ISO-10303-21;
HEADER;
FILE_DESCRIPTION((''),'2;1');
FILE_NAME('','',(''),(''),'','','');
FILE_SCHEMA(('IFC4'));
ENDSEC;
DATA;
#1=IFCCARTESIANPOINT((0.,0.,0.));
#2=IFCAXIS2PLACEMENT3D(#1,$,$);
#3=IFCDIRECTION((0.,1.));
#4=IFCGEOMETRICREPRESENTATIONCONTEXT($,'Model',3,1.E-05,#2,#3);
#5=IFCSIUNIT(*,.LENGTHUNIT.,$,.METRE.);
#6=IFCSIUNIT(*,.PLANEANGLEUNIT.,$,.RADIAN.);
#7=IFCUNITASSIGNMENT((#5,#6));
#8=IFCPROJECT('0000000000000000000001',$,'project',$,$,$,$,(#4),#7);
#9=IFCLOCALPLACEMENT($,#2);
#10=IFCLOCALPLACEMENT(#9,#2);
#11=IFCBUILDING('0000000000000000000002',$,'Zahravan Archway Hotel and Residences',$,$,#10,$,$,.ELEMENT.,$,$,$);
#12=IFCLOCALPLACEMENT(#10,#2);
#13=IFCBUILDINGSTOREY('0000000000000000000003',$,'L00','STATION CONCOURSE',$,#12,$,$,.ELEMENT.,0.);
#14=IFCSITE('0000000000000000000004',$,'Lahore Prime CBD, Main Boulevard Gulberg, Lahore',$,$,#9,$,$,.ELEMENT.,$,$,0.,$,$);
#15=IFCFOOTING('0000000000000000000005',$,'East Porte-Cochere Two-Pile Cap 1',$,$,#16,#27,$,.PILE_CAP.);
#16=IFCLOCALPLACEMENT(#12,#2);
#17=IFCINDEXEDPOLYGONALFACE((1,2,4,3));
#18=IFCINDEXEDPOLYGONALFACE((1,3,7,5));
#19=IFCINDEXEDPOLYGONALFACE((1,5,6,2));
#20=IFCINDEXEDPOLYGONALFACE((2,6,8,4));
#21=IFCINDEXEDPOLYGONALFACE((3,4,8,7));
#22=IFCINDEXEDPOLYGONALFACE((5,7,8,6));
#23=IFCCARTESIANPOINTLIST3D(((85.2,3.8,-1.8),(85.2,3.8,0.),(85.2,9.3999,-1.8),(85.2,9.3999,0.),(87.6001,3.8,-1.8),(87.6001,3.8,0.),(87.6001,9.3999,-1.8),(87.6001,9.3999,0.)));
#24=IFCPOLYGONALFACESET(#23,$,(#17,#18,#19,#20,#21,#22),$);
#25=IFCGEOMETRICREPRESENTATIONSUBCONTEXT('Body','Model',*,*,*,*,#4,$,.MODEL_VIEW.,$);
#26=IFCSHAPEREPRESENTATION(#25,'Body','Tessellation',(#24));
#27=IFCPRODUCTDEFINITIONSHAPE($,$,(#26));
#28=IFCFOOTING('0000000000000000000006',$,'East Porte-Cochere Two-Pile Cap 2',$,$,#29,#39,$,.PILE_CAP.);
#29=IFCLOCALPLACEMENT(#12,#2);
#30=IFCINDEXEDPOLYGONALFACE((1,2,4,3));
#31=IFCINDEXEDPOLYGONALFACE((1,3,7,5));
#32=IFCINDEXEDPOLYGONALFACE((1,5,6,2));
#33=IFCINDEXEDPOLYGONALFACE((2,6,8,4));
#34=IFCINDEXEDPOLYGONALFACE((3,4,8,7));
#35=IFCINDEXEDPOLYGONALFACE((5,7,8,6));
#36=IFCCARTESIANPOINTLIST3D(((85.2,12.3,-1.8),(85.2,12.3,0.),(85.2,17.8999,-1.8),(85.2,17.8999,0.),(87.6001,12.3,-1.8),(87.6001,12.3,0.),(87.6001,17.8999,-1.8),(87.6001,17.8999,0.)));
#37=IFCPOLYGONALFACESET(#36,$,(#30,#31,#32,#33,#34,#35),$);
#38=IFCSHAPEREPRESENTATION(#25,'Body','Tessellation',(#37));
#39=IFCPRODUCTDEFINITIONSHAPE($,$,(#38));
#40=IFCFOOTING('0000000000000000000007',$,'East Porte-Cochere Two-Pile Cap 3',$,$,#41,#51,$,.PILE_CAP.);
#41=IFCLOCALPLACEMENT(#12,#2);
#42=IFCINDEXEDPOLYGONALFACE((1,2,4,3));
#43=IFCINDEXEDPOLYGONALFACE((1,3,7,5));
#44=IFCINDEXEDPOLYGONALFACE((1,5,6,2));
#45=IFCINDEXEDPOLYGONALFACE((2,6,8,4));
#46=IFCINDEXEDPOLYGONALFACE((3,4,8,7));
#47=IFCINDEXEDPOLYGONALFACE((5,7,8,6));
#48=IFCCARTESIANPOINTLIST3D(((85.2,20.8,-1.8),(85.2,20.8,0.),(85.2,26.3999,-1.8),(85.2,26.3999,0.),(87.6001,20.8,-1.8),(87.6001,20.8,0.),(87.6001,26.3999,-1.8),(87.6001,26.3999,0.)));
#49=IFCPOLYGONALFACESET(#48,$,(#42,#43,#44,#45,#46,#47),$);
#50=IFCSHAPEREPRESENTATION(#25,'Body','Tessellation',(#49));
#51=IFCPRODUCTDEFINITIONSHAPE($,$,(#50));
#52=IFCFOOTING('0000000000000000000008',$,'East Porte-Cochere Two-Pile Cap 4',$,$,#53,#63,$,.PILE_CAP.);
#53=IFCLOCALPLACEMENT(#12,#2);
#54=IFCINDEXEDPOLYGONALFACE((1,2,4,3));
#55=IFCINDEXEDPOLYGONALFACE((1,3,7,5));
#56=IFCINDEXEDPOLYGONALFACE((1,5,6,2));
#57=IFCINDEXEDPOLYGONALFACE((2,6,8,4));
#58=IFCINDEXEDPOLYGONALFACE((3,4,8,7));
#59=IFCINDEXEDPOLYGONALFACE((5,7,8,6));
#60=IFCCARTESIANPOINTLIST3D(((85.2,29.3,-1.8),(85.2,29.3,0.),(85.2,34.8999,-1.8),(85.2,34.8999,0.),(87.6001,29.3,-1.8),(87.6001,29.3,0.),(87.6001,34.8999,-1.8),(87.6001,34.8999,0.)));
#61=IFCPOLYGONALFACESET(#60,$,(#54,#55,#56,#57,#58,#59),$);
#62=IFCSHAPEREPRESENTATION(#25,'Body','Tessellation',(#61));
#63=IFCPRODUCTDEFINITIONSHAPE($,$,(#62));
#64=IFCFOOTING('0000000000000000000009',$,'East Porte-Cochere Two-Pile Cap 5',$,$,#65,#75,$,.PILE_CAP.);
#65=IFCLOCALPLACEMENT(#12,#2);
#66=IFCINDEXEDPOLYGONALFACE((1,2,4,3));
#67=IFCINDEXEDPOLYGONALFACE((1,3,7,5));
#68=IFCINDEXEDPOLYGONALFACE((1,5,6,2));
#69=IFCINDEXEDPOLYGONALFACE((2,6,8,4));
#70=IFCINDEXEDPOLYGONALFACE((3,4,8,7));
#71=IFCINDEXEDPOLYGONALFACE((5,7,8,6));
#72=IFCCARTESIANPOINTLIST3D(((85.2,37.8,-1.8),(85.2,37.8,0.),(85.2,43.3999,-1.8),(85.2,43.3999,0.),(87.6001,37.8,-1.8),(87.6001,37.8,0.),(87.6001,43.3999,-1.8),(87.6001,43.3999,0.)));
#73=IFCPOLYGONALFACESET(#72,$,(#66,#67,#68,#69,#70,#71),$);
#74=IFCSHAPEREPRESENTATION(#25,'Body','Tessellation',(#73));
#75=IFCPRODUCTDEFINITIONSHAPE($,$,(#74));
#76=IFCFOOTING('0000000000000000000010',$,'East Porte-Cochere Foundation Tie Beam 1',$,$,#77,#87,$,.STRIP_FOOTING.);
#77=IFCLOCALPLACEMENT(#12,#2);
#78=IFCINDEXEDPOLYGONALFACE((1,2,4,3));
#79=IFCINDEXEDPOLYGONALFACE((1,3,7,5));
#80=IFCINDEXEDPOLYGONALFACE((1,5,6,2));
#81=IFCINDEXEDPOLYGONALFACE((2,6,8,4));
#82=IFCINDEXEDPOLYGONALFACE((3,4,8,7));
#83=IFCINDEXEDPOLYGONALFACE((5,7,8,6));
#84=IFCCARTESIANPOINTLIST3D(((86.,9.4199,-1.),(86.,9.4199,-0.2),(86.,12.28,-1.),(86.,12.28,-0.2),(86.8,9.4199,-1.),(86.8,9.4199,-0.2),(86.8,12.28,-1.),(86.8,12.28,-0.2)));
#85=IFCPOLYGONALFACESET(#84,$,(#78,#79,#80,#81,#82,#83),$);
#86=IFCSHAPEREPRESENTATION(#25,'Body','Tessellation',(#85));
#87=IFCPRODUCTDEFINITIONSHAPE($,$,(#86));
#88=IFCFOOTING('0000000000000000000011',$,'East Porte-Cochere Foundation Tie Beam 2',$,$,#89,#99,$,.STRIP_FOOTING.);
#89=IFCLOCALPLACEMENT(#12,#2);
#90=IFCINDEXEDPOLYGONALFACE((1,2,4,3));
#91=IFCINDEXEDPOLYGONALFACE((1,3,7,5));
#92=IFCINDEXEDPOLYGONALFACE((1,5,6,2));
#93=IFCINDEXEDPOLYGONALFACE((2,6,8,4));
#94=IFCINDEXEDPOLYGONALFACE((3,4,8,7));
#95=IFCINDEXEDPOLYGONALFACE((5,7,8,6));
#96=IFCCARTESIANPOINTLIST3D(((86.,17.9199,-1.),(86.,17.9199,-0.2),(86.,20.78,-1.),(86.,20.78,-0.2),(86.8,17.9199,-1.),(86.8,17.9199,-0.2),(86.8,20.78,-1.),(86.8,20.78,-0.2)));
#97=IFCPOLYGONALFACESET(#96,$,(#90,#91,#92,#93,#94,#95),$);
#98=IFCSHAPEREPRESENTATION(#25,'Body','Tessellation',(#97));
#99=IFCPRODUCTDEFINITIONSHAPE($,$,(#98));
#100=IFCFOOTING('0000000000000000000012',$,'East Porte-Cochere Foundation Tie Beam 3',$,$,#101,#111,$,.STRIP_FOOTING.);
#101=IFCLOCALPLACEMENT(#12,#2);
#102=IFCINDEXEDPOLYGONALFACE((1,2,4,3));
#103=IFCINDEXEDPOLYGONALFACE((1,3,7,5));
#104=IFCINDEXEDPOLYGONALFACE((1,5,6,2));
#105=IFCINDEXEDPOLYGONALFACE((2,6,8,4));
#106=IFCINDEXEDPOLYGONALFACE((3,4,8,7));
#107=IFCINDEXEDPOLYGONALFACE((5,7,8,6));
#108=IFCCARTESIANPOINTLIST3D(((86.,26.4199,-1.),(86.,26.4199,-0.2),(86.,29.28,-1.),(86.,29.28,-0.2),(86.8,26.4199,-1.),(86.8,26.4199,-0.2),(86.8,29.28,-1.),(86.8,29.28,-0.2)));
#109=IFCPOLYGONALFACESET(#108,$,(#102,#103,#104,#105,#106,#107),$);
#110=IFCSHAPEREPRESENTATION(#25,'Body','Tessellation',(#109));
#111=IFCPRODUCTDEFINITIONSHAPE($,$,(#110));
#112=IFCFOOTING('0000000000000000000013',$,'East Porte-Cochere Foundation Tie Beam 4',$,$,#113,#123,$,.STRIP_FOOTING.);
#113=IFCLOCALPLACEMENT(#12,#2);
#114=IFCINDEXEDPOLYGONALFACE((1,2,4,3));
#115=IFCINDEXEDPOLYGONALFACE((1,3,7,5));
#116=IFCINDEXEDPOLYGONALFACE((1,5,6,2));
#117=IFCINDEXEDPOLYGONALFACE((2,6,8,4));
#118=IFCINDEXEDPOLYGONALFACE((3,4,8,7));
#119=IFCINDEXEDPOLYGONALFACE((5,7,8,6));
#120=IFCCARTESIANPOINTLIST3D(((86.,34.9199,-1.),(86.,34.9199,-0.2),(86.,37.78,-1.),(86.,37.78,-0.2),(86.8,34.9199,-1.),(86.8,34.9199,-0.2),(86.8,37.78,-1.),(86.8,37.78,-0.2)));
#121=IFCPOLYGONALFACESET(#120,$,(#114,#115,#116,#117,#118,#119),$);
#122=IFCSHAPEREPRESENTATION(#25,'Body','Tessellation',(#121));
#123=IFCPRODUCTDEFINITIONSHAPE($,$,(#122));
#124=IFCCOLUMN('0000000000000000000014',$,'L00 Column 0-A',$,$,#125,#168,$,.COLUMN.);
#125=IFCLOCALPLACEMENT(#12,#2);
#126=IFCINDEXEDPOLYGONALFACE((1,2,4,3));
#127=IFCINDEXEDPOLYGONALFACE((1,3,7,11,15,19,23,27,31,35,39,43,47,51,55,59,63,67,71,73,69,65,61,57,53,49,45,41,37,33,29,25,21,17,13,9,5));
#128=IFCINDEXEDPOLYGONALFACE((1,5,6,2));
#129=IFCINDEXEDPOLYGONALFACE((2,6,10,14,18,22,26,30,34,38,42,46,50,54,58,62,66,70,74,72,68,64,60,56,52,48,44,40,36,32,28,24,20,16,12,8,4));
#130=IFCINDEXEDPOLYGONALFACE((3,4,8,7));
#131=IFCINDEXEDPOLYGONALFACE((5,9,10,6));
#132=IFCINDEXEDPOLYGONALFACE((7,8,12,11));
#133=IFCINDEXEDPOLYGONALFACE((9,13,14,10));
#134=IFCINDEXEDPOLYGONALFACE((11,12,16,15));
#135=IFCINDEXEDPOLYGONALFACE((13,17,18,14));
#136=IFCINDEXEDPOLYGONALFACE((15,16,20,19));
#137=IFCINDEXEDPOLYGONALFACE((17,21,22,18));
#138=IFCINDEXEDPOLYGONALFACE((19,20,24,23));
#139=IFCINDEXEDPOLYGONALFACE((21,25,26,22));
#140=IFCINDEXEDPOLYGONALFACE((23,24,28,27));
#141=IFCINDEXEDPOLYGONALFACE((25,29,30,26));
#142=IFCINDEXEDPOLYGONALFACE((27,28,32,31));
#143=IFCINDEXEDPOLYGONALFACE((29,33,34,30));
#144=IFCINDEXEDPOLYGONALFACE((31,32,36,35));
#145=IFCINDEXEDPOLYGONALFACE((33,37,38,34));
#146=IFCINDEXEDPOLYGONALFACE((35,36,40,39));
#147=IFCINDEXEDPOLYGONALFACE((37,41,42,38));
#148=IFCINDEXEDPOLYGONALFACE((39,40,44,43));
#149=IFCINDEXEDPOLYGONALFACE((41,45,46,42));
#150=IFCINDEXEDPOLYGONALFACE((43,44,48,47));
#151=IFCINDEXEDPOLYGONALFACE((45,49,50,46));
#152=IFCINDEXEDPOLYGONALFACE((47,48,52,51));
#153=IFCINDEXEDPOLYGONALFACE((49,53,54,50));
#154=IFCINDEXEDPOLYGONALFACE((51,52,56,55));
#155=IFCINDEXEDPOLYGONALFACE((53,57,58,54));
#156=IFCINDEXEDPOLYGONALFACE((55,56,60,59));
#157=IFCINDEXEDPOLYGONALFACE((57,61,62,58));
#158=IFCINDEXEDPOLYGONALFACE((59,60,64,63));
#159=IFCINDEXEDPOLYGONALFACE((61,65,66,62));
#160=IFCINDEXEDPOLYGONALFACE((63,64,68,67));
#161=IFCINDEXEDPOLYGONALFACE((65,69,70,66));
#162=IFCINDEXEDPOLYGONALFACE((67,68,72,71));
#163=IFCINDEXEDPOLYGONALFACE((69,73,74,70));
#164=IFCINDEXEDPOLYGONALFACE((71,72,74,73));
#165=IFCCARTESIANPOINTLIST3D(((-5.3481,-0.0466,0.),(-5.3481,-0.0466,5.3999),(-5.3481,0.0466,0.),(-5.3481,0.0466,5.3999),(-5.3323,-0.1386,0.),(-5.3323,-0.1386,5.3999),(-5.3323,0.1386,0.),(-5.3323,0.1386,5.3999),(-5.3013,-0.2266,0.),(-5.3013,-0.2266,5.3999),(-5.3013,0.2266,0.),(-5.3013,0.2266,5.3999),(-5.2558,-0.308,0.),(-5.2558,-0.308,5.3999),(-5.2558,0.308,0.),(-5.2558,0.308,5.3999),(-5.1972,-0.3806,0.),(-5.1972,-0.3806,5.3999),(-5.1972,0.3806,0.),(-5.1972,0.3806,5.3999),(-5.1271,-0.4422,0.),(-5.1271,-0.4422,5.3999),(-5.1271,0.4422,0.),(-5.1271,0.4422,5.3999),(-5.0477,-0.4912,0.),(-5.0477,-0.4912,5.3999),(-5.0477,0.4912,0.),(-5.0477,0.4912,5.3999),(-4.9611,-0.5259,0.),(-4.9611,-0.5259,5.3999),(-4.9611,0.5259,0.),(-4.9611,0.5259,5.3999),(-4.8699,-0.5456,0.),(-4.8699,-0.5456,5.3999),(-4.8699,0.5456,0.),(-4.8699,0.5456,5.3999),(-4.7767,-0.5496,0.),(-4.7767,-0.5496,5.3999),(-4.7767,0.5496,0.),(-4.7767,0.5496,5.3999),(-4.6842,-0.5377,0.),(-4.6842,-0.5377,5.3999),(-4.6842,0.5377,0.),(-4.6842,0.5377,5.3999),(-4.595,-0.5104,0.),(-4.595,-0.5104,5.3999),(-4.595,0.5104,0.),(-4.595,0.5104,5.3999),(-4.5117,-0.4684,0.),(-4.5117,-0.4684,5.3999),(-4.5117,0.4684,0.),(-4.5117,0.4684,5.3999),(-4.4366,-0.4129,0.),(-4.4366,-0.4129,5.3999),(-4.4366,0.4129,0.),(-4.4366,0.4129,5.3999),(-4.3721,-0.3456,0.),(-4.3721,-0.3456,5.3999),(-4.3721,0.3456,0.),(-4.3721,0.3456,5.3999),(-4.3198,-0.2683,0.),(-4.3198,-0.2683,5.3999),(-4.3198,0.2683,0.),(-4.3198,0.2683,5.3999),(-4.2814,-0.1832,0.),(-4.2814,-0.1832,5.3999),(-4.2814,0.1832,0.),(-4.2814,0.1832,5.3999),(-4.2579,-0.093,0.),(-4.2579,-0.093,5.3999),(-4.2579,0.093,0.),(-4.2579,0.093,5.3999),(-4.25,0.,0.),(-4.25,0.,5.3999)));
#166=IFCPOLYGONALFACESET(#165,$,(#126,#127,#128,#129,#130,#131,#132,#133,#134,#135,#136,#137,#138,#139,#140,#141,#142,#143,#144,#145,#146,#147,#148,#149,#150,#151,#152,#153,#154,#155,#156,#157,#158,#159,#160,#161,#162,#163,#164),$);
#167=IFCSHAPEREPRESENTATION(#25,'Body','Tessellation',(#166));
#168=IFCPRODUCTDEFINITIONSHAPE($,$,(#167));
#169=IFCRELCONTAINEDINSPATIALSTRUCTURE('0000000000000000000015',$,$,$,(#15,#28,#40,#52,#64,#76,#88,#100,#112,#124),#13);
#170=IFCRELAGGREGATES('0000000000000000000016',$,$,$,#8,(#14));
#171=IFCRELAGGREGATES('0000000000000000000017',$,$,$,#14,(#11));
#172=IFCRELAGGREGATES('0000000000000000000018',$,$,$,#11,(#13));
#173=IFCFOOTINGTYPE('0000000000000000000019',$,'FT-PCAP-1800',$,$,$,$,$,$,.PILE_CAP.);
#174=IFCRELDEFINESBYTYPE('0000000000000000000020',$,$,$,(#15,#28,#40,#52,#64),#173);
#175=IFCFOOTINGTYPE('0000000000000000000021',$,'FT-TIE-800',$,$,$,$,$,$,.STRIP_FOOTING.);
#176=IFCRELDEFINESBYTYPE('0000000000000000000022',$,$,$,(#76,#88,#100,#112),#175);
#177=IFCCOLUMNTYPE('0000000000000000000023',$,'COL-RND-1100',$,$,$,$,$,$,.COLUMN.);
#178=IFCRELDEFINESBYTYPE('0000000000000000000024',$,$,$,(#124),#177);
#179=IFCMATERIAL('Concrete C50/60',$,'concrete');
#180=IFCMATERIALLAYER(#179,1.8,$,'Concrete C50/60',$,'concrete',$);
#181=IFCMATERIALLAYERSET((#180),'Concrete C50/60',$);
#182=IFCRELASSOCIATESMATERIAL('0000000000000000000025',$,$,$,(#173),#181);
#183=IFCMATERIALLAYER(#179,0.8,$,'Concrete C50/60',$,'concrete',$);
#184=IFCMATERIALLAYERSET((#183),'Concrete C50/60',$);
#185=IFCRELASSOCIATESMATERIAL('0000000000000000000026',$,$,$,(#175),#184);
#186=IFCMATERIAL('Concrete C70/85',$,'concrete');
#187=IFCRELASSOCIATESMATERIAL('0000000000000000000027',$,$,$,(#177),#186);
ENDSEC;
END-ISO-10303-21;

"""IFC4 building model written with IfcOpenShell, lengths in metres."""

from ifc_helpers import new_model, si_unit, direction, frame, origin, origin_2d, place, context, subcontext, project, spatial, polyline, circle, outline, extrude, source, transform, mapped, material, layer, layer_set, material_profile, profile_set, type_object, type_shapes, element, save


model = new_model("IFC4")

# Units and contexts
model_context = context("Model", 3, precision=1e-05, world=origin(), true_north=direction((0.0, 1.0)))
body_context = subcontext(model_context, "Body", "Model", "MODEL_VIEW")
ifc_project = project(units=[si_unit("LENGTHUNIT", "METRE"), si_unit("PLANEANGLEUNIT", "RADIAN")], contexts=[model_context])

# Site, building, storey
site_placement = place(None, origin())
site = spatial("IfcSite", under=ifc_project, at=site_placement, Name="Lahore Prime CBD, Main Boulevard Gulberg, Lahore", CompositionType="ELEMENT", RefElevation=0.0)
building_placement = place(site_placement, origin())
building = spatial("IfcBuilding", under=site, at=building_placement, Name="Zahravan Archway Hotel and Residences", CompositionType="ELEMENT")
storey_placement = place(building_placement, origin())
storey = spatial("IfcBuildingStorey", under=building, at=storey_placement, Name="L00", Description="STATION CONCOURSE", CompositionType="ELEMENT", Elevation=0.0)

# Footings
ifc_material_1 = material(Name="Concrete C50/60", Category="concrete")
ifc_layer_1 = layer(ifc_material_1, 1.8, Name="Concrete C50/60", Category="concrete")
ifc_layer_set_1 = layer_set([ifc_layer_1], Name="Concrete C50/60")
footing_type_1 = type_object("IfcFootingType", Name="FT-PCAP-1800", PredefinedType="PILE_CAP", material=ifc_layer_set_1)
footing_1_placement = place(storey_placement, frame((0.0, 0.0, -1.8)))
element("IfcFooting", 1, at=footing_1_placement, inside=storey, type_object=footing_type_1, Name="East Porte-Cochere Two-Pile Cap 1", PredefinedType="PILE_CAP", context=body_context, shape_type="SweptSolid", body=[
    extrude(outline(polyline([(85.2, 3.8), (87.6001, 3.8), (87.6001, 9.3999), (85.2, 9.3999), (85.2, 3.8)])), origin(), (0.0, 0.0, 1.0), 1.8),
])
footing_2_placement = place(storey_placement, frame((0.0, 0.0, -1.8)))
element("IfcFooting", 2, at=footing_2_placement, inside=storey, type_object=footing_type_1, Name="East Porte-Cochere Two-Pile Cap 2", PredefinedType="PILE_CAP", context=body_context, shape_type="SweptSolid", body=[
    extrude(outline(polyline([(85.2, 12.3), (87.6001, 12.3), (87.6001, 17.8999), (85.2, 17.8999), (85.2, 12.3)])), origin(), (0.0, 0.0, 1.0), 1.8),
])
footing_3_placement = place(storey_placement, frame((0.0, 0.0, -1.8)))
element("IfcFooting", 3, at=footing_3_placement, inside=storey, type_object=footing_type_1, Name="East Porte-Cochere Two-Pile Cap 3", PredefinedType="PILE_CAP", context=body_context, shape_type="SweptSolid", body=[
    extrude(outline(polyline([(85.2, 20.8), (87.6001, 20.8), (87.6001, 26.3999), (85.2, 26.3999), (85.2, 20.8)])), origin(), (0.0, 0.0, 1.0), 1.8),
])
footing_4_placement = place(storey_placement, frame((0.0, 0.0, -1.8)))
element("IfcFooting", 4, at=footing_4_placement, inside=storey, type_object=footing_type_1, Name="East Porte-Cochere Two-Pile Cap 4", PredefinedType="PILE_CAP", context=body_context, shape_type="SweptSolid", body=[
    extrude(outline(polyline([(85.2, 29.3), (87.6001, 29.3), (87.6001, 34.8999), (85.2, 34.8999), (85.2, 29.3)])), origin(), (0.0, 0.0, 1.0), 1.8),
])
footing_5_placement = place(storey_placement, frame((0.0, 0.0, -1.8)))
element("IfcFooting", 5, at=footing_5_placement, inside=storey, type_object=footing_type_1, Name="East Porte-Cochere Two-Pile Cap 5", PredefinedType="PILE_CAP", context=body_context, shape_type="SweptSolid", body=[
    extrude(outline(polyline([(85.2, 37.8), (87.6001, 37.8), (87.6001, 43.3999), (85.2, 43.3999), (85.2, 37.8)])), origin(), (0.0, 0.0, 1.0), 1.8),
])
ifc_layer_2 = layer(ifc_material_1, 0.8, Name="Concrete C50/60", Category="concrete")
ifc_layer_set_2 = layer_set([ifc_layer_2], Name="Concrete C50/60")
footing_type_2 = type_object("IfcFootingType", Name="FT-TIE-800", PredefinedType="STRIP_FOOTING", material=ifc_layer_set_2)
footing_6_placement = place(storey_placement, frame((0.0, 0.0, -1.0)))
element("IfcFooting", 6, at=footing_6_placement, inside=storey, type_object=footing_type_2, Name="East Porte-Cochere Foundation Tie Beam 1", PredefinedType="STRIP_FOOTING", context=body_context, shape_type="SweptSolid", body=[
    extrude(outline(polyline([(86.0, 9.4199), (86.8, 9.4199), (86.8, 12.28), (86.0, 12.28), (86.0, 9.4199)])), origin(), (0.0, 0.0, 1.0), 0.8),
])
footing_7_placement = place(storey_placement, frame((0.0, 0.0, -1.0)))
element("IfcFooting", 7, at=footing_7_placement, inside=storey, type_object=footing_type_2, Name="East Porte-Cochere Foundation Tie Beam 2", PredefinedType="STRIP_FOOTING", context=body_context, shape_type="SweptSolid", body=[
    extrude(outline(polyline([(86.0, 17.9199), (86.8, 17.9199), (86.8, 20.78), (86.0, 20.78), (86.0, 17.9199)])), origin(), (0.0, 0.0, 1.0), 0.8),
])
footing_8_placement = place(storey_placement, frame((0.0, 0.0, -1.0)))
element("IfcFooting", 8, at=footing_8_placement, inside=storey, type_object=footing_type_2, Name="East Porte-Cochere Foundation Tie Beam 3", PredefinedType="STRIP_FOOTING", context=body_context, shape_type="SweptSolid", body=[
    extrude(outline(polyline([(86.0, 26.4199), (86.8, 26.4199), (86.8, 29.28), (86.0, 29.28), (86.0, 26.4199)])), origin(), (0.0, 0.0, 1.0), 0.8),
])
footing_9_placement = place(storey_placement, frame((0.0, 0.0, -1.0)))
element("IfcFooting", 9, at=footing_9_placement, inside=storey, type_object=footing_type_2, Name="East Porte-Cochere Foundation Tie Beam 4", PredefinedType="STRIP_FOOTING", context=body_context, shape_type="SweptSolid", body=[
    extrude(outline(polyline([(86.0, 34.9199), (86.8, 34.9199), (86.8, 37.78), (86.0, 37.78), (86.0, 34.9199)])), origin(), (0.0, 0.0, 1.0), 0.8),
])

# Column
ifc_material_2 = material(Name="Concrete C70/85", Category="concrete")
ifc_material_profile_1 = material_profile(ifc_material_2, circle(Radius=0.55, at=origin_2d()), Name="RC-CIRC-1100", Category="concrete")
ifc_profile_set_1 = profile_set([ifc_material_profile_1], Name="Concrete C70/85")
column_type_1 = type_object("IfcColumnType", Name="COL-RND-1100", PredefinedType="COLUMN", material=ifc_profile_set_1)
shared_shape_1 = source(origin(), body_context, "Body", "SweptSolid", [
    extrude(circle(Radius=0.55, at=origin_2d()), origin(), (0.0, 0.0, 1.0), 5.3999),
])
type_shapes(column_type_1, [shared_shape_1])
for number, where, z_axis, x_axis, name in (
    (10, (-4.8, 0.0, 0.0), (0.0, 0.0, 1.0), (1.0, 0.0, 0.0), "L00 Column 0-A"),
):
    element("IfcColumn", number, at=place(storey_placement, frame(where, z_axis=z_axis, x_axis=x_axis)), inside=storey, type_object=column_type_1, Name=name, PredefinedType="COLUMN", context=body_context, shape_type="MappedRepresentation", body=[
        mapped(shared_shape_1, transform((0.0, 0.0, 0.0), scale=1.0)),
    ])

save(model, "model.ifc")
